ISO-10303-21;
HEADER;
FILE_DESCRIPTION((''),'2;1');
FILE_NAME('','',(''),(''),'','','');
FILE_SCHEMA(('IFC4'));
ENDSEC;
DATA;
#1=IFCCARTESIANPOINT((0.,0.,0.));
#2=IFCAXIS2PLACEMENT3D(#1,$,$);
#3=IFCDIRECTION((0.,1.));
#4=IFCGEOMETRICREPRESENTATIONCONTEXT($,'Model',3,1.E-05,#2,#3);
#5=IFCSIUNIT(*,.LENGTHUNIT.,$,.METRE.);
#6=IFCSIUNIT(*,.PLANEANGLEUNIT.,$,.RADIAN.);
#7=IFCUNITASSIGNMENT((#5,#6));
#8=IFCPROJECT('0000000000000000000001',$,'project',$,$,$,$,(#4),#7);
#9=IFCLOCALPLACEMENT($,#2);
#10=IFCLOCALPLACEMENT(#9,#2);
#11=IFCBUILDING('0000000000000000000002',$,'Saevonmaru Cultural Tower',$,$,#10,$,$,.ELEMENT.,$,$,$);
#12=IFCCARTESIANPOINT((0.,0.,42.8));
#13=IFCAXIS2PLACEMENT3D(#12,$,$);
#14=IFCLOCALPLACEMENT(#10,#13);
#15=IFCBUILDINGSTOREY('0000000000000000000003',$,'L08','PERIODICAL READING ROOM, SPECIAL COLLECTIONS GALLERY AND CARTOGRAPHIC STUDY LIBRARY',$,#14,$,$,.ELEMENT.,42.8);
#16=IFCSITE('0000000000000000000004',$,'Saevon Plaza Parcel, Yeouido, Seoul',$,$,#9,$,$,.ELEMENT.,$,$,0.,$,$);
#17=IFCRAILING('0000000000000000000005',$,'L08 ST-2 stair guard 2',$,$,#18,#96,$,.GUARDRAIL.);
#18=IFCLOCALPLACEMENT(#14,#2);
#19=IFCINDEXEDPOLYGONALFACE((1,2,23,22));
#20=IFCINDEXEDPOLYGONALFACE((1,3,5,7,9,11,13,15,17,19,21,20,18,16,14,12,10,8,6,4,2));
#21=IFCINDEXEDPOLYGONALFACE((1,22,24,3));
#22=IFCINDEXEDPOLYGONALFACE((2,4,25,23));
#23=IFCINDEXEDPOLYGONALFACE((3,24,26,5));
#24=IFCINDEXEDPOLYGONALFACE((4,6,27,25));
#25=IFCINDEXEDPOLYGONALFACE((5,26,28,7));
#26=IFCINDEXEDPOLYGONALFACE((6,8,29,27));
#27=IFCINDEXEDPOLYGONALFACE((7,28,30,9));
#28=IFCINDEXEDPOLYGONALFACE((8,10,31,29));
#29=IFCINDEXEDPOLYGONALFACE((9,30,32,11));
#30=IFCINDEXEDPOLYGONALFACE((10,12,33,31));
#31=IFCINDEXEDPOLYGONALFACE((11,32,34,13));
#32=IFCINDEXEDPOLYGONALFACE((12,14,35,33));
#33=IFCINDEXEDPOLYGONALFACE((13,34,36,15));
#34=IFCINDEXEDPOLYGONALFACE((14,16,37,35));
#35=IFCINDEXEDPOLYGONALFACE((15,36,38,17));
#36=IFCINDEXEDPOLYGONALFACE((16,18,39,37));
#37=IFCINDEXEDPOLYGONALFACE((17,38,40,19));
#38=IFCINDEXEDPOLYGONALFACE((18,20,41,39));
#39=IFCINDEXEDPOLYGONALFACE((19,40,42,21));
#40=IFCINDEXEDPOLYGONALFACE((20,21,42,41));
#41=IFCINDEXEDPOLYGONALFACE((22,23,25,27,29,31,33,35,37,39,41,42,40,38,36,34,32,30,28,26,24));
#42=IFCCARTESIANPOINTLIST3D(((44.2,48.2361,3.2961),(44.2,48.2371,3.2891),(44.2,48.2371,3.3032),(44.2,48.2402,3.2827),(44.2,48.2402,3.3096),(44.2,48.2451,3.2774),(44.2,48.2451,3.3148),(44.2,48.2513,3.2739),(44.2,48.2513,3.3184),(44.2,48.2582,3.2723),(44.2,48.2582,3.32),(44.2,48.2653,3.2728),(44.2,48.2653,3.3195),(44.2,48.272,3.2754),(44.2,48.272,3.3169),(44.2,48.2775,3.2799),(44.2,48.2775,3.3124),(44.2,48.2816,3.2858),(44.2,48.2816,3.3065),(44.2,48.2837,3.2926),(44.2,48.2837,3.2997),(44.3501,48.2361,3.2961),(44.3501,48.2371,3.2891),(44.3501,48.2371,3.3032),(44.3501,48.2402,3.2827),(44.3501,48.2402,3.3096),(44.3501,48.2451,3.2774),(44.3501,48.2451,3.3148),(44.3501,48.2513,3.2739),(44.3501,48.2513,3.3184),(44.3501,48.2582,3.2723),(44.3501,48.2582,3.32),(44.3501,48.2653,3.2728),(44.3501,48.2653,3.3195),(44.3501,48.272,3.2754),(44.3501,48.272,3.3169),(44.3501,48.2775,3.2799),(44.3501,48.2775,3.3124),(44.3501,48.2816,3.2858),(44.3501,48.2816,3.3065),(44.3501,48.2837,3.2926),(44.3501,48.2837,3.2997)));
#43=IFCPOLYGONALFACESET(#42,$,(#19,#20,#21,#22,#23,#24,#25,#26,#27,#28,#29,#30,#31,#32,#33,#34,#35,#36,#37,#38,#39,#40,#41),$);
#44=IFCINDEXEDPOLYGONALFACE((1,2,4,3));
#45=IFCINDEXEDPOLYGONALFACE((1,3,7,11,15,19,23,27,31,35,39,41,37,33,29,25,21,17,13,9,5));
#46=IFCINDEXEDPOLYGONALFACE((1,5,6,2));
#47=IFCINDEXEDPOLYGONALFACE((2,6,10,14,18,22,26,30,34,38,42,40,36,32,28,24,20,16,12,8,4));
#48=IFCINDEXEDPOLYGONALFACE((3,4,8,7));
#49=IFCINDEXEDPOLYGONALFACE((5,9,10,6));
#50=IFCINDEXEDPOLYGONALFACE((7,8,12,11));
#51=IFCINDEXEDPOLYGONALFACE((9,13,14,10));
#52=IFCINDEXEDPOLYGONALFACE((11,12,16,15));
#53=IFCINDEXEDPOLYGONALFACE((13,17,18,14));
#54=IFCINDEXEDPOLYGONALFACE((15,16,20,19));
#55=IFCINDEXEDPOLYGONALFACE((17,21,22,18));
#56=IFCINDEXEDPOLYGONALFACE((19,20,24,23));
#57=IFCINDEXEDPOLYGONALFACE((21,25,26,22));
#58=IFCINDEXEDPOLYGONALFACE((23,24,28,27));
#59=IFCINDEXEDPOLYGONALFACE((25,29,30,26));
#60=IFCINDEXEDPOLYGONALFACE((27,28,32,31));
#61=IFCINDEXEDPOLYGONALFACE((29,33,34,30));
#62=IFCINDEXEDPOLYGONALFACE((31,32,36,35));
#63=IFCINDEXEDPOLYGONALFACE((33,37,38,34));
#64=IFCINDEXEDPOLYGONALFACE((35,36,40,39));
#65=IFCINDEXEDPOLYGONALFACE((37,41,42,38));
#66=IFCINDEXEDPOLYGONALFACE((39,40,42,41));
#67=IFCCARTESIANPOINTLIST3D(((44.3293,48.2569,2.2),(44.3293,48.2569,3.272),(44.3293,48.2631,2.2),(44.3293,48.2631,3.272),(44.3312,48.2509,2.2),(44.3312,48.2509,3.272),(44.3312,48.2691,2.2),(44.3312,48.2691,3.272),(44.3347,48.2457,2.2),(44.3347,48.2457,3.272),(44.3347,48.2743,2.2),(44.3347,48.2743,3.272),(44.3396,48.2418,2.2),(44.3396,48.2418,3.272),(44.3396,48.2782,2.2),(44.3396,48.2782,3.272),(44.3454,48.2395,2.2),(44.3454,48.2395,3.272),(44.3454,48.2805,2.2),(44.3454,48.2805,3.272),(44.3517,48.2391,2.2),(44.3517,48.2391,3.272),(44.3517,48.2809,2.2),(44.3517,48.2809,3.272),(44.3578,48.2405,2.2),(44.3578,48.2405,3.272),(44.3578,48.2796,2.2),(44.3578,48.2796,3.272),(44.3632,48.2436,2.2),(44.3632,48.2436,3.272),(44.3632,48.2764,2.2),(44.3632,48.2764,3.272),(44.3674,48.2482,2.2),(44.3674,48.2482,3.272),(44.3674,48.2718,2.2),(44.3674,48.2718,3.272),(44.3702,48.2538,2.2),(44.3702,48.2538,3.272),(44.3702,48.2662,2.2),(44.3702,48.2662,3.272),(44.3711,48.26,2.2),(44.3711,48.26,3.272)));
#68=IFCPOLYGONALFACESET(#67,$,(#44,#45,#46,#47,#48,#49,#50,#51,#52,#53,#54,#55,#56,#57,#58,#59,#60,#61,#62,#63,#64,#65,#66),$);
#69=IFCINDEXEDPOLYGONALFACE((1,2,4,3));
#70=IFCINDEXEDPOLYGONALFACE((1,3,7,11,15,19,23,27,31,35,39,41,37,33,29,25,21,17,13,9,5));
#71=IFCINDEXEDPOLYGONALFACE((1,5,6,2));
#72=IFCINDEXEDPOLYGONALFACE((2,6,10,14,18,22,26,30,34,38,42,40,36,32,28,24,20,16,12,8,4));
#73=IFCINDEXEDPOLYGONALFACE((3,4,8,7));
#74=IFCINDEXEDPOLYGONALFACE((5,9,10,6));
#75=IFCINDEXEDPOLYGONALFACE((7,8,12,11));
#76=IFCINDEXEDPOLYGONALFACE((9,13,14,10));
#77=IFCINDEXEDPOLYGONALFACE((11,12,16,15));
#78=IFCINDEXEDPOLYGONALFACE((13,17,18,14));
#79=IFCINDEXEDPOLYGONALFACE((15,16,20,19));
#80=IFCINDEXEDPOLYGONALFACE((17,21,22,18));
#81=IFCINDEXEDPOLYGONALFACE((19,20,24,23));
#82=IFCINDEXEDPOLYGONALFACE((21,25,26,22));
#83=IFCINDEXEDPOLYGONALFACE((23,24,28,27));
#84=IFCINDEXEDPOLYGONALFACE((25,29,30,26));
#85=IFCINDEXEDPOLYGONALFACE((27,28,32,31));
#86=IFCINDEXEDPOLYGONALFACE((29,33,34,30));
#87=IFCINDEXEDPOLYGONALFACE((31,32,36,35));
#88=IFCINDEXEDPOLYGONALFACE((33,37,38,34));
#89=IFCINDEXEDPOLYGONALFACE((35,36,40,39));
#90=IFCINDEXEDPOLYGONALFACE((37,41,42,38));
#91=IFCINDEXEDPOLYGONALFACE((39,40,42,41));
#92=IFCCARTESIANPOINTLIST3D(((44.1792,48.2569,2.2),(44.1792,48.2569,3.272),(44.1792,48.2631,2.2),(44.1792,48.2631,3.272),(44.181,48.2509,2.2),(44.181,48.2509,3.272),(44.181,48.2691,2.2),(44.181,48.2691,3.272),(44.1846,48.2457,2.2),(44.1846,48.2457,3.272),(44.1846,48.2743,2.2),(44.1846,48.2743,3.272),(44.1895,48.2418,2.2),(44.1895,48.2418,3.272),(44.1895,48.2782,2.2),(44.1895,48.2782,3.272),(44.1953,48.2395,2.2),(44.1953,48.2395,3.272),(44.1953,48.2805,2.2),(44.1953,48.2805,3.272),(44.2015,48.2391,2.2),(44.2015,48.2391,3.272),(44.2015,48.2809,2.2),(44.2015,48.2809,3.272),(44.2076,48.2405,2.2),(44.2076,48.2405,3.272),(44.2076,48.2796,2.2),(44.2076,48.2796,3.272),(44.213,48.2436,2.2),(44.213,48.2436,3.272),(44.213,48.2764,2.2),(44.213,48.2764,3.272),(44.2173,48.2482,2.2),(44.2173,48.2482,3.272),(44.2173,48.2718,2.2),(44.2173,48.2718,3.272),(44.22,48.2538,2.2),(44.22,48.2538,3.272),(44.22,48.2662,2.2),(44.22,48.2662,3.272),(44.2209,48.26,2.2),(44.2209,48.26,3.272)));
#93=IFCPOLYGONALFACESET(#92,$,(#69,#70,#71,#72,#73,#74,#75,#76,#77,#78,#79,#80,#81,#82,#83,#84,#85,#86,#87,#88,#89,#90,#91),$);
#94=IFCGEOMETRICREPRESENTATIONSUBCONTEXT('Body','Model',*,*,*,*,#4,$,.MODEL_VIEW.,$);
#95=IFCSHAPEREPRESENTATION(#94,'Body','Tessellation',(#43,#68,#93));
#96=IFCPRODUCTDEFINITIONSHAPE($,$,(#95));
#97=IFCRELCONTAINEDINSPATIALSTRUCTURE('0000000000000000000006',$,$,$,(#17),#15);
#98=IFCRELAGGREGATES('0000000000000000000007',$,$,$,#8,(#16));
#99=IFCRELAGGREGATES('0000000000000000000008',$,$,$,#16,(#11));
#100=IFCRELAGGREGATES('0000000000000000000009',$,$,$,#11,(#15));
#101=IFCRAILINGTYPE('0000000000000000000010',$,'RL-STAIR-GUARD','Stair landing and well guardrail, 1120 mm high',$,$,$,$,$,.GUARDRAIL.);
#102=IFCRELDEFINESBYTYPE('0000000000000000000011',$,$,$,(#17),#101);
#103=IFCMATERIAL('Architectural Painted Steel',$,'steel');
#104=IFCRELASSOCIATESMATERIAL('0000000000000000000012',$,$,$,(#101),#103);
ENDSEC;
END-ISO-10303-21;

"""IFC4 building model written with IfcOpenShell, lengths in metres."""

from ifc_helpers import new_model, si_unit, direction, frame, origin, origin_2d, place, context, subcontext, project, spatial, circle, extrude, material, type_object, element, save


model = new_model("IFC4")

# Units and contexts
model_context = context("Model", 3, precision=1e-05, world=origin(), true_north=direction((0.0, 1.0)))
body_context = subcontext(model_context, "Body", "Model", "MODEL_VIEW")
ifc_project = project(units=[si_unit("LENGTHUNIT", "METRE"), si_unit("PLANEANGLEUNIT", "RADIAN")], contexts=[model_context])

# Site, building, storey
site_placement = place(None, origin())
site = spatial("IfcSite", under=ifc_project, at=site_placement, Name="Saevon Plaza Parcel, Yeouido, Seoul", CompositionType="ELEMENT", RefElevation=0.0)
building_placement = place(site_placement, origin())
building = spatial("IfcBuilding", under=site, at=building_placement, Name="Saevonmaru Cultural Tower", CompositionType="ELEMENT")
storey_placement = place(building_placement, frame((0.0, 0.0, 42.8)))
storey = spatial("IfcBuildingStorey", under=building, at=storey_placement, Name="L08", Description="PERIODICAL READING ROOM, SPECIAL COLLECTIONS GALLERY AND CARTOGRAPHIC STUDY LIBRARY", CompositionType="ELEMENT", Elevation=42.8)

# Railing
ifc_material_1 = material(Name="Architectural Painted Steel", Category="steel")
railing_type = type_object("IfcRailingType", Name="RL-STAIR-GUARD", Description="Stair landing and well guardrail, 1120 mm high", PredefinedType="GUARDRAIL", material=ifc_material_1)
railing_1_placement = place(storey_placement, frame((44.3501, 48.26, 2.2)))
element("IfcRailing", 1, at=railing_1_placement, inside=storey, type_object=railing_type, Name="L08 ST-2 stair guard 2", PredefinedType="GUARDRAIL", context=body_context, shape_type="SweptSolid", body=[
    extrude(circle(Radius=0.0239, at=origin_2d()), frame((0.0, 0.0, 1.0962), z_axis=(-1.0, 0.0, 0.0), x_axis=(0.0, -1.0, 0.0)), (0.0, 0.0, 1.0), 0.1501),
    extrude(circle(Radius=0.021, at=origin_2d()), origin(), (0.0, 0.0, 1.0), 1.072),
    extrude(circle(Radius=0.021, at=origin_2d()), frame((-0.1501, 0.0, 0.0)), (0.0, 0.0, 1.0), 1.072),
])

save(model, "model.ifc")
